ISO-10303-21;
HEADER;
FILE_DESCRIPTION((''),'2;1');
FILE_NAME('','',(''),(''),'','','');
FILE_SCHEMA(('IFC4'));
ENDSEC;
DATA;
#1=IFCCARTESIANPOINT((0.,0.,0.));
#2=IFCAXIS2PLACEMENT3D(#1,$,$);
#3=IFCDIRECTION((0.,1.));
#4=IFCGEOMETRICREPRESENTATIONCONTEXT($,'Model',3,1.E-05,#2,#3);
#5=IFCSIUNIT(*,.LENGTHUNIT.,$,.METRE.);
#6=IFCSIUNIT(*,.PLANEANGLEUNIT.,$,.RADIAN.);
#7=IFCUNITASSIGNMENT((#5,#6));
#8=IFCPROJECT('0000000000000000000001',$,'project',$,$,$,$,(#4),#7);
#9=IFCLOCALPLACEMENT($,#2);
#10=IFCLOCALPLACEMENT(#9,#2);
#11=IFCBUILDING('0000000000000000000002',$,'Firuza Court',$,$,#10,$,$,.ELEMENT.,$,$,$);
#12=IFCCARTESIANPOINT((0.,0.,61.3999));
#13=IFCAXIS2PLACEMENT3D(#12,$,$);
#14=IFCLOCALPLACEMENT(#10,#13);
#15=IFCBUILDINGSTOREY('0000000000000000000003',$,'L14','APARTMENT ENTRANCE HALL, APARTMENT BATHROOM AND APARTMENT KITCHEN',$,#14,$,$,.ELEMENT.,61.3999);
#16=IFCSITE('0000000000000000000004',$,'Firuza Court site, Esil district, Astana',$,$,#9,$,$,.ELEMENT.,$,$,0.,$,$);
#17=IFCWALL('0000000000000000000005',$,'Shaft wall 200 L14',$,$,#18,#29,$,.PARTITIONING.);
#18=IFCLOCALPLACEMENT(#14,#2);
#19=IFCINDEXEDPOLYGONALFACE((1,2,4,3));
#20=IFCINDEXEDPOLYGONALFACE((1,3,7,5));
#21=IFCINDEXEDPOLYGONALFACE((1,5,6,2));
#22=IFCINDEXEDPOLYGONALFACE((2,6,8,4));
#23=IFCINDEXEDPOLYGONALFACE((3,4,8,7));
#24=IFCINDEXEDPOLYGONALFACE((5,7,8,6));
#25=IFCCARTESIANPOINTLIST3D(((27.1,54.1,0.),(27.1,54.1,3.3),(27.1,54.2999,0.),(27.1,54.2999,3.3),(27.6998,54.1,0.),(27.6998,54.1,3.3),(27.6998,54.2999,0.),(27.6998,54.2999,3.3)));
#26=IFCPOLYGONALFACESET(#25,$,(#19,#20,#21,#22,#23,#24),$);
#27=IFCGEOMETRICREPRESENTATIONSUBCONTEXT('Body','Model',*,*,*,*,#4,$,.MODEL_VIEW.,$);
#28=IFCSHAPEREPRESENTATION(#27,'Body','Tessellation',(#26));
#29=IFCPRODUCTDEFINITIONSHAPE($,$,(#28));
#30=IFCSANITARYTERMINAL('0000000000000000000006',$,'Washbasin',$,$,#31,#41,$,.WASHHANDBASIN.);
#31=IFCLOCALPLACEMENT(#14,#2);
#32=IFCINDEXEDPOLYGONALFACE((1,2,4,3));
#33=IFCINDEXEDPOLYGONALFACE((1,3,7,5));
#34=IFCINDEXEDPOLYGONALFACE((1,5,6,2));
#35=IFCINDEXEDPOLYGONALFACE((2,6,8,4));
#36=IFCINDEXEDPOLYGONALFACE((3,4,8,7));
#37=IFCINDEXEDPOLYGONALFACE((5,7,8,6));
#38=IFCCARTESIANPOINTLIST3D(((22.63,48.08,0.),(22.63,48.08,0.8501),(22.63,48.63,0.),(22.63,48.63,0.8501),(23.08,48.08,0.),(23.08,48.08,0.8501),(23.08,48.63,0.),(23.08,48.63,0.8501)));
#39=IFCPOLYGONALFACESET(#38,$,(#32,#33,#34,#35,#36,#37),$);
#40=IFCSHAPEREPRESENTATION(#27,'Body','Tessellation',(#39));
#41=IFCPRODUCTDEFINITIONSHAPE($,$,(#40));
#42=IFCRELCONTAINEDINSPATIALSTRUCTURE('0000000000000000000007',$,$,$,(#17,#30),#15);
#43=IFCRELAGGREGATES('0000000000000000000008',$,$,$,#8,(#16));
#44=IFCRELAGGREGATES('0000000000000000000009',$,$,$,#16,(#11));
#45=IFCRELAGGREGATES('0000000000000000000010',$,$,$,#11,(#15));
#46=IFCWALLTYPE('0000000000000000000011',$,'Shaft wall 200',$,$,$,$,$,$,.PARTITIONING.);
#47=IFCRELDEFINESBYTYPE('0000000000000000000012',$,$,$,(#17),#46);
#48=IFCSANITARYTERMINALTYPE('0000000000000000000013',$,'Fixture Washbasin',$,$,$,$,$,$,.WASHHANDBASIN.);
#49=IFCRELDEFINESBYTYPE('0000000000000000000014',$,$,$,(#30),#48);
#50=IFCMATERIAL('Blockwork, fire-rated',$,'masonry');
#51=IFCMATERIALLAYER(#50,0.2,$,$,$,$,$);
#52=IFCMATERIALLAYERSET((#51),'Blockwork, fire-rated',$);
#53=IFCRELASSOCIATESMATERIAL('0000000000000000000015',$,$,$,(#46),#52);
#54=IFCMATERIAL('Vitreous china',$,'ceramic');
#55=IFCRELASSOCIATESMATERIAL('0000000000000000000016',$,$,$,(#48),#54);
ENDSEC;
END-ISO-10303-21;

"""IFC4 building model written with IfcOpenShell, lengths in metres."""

from ifc_helpers import new_model, si_unit, direction, frame, frame_2d, origin, origin_2d, place, context, subcontext, project, spatial, rectangle, extrude, material, layer, layer_set, type_object, element, save


model = new_model("IFC4")

# Units and contexts
model_context = context("Model", 3, precision=1e-05, world=origin(), true_north=direction((0.0, 1.0)))
body_context = subcontext(model_context, "Body", "Model", "MODEL_VIEW")
ifc_project = project(units=[si_unit("LENGTHUNIT", "METRE"), si_unit("PLANEANGLEUNIT", "RADIAN")], contexts=[model_context])

# Site, building, storey
site_placement = place(None, origin())
site = spatial("IfcSite", under=ifc_project, at=site_placement, Name="Firuza Court site, Esil district, Astana", CompositionType="ELEMENT", RefElevation=0.0)
building_placement = place(site_placement, origin())
building = spatial("IfcBuilding", under=site, at=building_placement, Name="Firuza Court", CompositionType="ELEMENT")
storey_placement = place(building_placement, frame((0.0, 0.0, 61.3999)))
storey = spatial("IfcBuildingStorey", under=building, at=storey_placement, Name="L14", Description="APARTMENT ENTRANCE HALL, APARTMENT BATHROOM AND APARTMENT KITCHEN", CompositionType="ELEMENT", Elevation=61.3999)

# Shared definitions
ifc_material_1 = material(Name="Blockwork, fire-rated", Category="masonry")

# Shared definitions
ifc_layer_1 = layer(ifc_material_1, 0.2)
ifc_layer_set_1 = layer_set([ifc_layer_1], Name="Blockwork, fire-rated")
wall_type_1 = type_object("IfcWallType", Name="Shaft wall 200", PredefinedType="PARTITIONING", material=ifc_layer_set_1)

# Wall
wall_1_placement = place(storey_placement, frame((27.1001, 54.2, 0.0), z_axis=(0.0, 0.0, 1.0), x_axis=(1.0, 0.0, 0.0)))
element("IfcWall", 1, at=wall_1_placement, inside=storey, type_object=wall_type_1, Name="Shaft wall 200 L14", PredefinedType="PARTITIONING", context=body_context, shape_type="SweptSolid", body=[
    extrude(rectangle(XDim=0.5999, YDim=0.2, at=frame_2d((0.2998, 0.0))), origin(), (0.0, 0.0, 1.0), 3.3),
])

# Sanitary terminal
ifc_material_2 = material(Name="Vitreous china", Category="ceramic")
sanitary_terminal_type = type_object("IfcSanitaryTerminalType", Name="Fixture Washbasin", PredefinedType="WASHHANDBASIN", material=ifc_material_2)
sanitary_terminal_placement = place(storey_placement, frame((22.855, 48.355, 0.0), z_axis=(0.0, 0.0, 1.0), x_axis=(1.0, 0.0, 0.0)))
element("IfcSanitaryTerminal", 2, at=sanitary_terminal_placement, inside=storey, type_object=sanitary_terminal_type, Name="Washbasin", PredefinedType="WASHHANDBASIN", context=body_context, shape_type="SweptSolid", body=[
    extrude(rectangle(XDim=0.45, YDim=0.55, at=origin_2d()), origin(), (0.0, 0.0, 1.0), 0.8501),
])

save(model, "model.ifc")
